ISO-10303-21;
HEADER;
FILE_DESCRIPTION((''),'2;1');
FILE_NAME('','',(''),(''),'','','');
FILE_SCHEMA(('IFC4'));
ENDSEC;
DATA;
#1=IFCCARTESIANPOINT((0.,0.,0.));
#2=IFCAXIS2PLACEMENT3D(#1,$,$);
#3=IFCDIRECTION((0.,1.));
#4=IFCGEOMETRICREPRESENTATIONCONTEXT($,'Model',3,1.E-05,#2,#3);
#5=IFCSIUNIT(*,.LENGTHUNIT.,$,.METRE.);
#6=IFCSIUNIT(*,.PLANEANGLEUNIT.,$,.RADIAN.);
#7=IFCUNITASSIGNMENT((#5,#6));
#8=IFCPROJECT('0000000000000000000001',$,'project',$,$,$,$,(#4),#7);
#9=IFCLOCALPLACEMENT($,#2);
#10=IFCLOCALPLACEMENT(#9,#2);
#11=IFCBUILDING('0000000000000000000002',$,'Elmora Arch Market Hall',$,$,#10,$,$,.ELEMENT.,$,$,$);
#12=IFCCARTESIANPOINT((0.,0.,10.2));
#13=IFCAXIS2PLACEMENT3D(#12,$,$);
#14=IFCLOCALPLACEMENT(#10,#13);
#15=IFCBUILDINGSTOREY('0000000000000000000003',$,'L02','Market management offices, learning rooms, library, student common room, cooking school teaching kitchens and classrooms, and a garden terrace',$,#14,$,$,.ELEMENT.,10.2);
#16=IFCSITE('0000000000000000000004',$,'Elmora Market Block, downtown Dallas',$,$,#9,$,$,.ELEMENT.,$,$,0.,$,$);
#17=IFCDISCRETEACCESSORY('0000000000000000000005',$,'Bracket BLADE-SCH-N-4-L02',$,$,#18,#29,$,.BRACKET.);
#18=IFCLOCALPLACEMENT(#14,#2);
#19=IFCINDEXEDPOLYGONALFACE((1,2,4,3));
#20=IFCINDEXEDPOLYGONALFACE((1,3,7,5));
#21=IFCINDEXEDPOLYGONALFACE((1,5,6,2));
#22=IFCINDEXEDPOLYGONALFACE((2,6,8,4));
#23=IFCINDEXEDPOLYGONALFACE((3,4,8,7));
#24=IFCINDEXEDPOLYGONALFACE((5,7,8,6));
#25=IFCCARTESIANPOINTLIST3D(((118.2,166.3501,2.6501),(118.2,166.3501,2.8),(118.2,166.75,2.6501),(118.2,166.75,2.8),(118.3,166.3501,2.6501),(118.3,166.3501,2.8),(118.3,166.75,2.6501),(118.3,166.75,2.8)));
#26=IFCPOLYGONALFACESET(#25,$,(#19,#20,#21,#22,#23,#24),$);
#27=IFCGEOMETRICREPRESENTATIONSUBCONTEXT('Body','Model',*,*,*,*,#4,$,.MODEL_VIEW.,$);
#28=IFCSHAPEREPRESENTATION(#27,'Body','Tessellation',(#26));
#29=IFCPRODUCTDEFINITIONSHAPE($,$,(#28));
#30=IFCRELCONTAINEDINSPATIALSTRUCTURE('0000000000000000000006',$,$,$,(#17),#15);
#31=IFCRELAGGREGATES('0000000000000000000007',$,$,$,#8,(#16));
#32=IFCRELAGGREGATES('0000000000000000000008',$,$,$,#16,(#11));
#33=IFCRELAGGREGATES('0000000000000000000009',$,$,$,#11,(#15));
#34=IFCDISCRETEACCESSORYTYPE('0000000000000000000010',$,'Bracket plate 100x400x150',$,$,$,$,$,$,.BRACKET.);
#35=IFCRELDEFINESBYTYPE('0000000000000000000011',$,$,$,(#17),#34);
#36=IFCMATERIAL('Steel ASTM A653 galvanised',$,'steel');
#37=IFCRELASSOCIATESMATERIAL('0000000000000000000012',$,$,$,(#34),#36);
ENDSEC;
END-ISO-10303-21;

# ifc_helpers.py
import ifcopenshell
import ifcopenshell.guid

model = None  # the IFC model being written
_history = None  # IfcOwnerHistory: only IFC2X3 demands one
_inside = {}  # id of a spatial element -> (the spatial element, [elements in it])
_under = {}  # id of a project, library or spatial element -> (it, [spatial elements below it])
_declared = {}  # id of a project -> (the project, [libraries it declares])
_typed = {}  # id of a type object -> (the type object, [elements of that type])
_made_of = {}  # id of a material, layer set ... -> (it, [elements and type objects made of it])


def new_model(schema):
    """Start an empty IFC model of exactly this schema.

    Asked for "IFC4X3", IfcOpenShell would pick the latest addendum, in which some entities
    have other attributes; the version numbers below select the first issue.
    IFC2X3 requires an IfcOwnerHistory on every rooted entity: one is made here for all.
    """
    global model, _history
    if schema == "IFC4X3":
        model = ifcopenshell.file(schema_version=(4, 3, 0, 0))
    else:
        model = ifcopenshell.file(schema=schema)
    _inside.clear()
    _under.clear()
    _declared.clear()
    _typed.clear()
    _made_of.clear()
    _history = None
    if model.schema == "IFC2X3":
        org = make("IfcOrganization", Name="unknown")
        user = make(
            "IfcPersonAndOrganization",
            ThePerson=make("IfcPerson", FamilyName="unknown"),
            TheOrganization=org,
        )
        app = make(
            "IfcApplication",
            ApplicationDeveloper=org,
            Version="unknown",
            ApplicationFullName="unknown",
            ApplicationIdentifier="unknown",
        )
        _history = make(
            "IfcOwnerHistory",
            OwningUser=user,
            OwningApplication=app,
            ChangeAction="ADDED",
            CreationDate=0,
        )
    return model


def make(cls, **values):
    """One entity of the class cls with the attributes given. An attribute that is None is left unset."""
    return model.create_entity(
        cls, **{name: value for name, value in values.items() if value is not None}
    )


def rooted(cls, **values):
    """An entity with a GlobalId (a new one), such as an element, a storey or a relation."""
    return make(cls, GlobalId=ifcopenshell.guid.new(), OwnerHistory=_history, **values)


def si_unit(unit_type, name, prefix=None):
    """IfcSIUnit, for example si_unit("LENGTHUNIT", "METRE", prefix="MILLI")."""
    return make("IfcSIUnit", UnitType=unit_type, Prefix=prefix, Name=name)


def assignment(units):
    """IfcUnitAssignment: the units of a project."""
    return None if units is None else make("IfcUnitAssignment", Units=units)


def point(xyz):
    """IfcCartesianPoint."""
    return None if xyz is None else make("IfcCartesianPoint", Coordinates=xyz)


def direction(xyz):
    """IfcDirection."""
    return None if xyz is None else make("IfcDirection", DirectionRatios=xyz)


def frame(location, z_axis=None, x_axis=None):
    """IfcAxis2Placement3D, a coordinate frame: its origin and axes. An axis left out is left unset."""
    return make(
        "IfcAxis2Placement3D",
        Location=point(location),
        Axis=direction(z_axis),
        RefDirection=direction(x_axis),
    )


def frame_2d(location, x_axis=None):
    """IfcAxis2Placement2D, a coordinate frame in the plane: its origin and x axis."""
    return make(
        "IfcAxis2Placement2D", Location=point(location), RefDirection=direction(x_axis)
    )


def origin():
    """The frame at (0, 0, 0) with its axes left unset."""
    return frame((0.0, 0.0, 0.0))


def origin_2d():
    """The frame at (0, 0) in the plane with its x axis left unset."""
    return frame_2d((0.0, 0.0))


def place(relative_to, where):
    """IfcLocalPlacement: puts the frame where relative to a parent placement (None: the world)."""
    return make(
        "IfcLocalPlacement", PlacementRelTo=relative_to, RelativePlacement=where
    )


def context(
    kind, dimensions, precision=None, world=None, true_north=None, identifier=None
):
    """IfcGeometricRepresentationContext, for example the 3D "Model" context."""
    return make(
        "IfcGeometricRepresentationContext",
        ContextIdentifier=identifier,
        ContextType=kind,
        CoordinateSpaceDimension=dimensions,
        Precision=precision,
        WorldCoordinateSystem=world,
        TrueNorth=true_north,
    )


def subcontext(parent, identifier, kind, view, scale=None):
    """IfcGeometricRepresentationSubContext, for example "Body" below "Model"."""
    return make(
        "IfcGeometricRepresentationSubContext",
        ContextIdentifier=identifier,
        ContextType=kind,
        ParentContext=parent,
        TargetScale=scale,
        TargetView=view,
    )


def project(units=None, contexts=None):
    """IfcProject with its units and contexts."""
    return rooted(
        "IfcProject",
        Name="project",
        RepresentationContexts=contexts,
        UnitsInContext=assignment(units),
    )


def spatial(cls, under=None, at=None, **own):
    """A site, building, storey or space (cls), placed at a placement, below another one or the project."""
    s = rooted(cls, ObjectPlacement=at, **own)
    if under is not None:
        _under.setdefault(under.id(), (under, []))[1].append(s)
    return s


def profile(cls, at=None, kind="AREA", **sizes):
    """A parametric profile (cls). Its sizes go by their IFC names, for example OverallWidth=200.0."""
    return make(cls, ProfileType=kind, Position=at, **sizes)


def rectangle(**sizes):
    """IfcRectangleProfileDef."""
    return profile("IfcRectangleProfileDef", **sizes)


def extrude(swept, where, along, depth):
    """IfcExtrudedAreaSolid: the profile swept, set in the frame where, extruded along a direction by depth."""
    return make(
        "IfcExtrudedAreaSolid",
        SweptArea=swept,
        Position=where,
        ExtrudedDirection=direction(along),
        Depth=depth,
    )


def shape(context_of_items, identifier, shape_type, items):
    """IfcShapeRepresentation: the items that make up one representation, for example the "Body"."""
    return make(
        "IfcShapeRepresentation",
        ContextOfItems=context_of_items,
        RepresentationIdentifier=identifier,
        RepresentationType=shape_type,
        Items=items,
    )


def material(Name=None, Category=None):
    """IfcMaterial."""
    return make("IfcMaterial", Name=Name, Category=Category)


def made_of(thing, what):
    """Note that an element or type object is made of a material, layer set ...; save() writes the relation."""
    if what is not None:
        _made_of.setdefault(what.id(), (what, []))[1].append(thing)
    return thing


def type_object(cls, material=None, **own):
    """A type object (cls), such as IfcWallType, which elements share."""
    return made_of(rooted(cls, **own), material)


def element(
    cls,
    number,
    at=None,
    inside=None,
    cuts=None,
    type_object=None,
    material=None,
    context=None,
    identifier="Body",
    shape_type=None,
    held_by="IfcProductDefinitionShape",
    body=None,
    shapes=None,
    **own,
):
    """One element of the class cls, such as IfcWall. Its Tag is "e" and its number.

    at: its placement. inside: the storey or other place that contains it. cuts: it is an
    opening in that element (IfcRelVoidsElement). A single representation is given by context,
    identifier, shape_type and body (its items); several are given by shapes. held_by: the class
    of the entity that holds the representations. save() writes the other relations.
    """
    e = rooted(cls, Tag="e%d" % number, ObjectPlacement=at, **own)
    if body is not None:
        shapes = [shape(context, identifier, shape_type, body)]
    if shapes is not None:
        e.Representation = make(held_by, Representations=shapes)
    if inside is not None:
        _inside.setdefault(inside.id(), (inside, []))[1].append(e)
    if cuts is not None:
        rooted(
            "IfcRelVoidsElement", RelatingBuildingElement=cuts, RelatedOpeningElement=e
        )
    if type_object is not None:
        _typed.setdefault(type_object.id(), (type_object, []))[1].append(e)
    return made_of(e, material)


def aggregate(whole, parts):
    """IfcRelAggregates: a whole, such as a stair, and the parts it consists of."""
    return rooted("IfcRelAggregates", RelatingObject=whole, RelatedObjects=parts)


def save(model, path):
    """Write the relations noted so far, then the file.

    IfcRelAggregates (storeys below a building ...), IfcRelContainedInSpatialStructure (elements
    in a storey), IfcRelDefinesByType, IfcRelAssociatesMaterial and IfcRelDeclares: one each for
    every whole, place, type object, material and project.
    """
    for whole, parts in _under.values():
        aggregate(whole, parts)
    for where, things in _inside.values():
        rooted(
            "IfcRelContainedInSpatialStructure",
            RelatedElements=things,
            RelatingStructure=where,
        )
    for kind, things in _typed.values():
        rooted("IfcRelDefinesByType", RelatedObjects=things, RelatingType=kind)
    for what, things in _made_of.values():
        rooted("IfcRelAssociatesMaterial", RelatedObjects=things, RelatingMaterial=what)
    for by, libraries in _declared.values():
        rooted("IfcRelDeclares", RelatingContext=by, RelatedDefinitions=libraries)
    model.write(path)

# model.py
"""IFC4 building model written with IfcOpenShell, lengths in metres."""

from ifc_helpers import new_model, si_unit, direction, frame, origin, origin_2d, place, context, subcontext, project, spatial, rectangle, extrude, material, type_object, element, save


model = new_model("IFC4")

# Units and contexts
model_context = context("Model", 3, precision=1e-05, world=origin(), true_north=direction((0.0, 1.0)))
body_context = subcontext(model_context, "Body", "Model", "MODEL_VIEW")
ifc_project = project(units=[si_unit("LENGTHUNIT", "METRE"), si_unit("PLANEANGLEUNIT", "RADIAN")], contexts=[model_context])

# Site, building, storey
site_placement = place(None, origin())
site = spatial("IfcSite", under=ifc_project, at=site_placement, Name="Elmora Market Block, downtown Dallas", CompositionType="ELEMENT", RefElevation=0.0)
building_placement = place(site_placement, origin())
building = spatial("IfcBuilding", under=site, at=building_placement, Name="Elmora Arch Market Hall", CompositionType="ELEMENT")
storey_placement = place(building_placement, frame((0.0, 0.0, 10.2)))
storey = spatial("IfcBuildingStorey", under=building, at=storey_placement, Name="L02", Description="Market management offices, learning rooms, library, student common room, cooking school teaching kitchens and classrooms, and a garden terrace", CompositionType="ELEMENT", Elevation=10.2)

# Discrete accessory
ifc_material_1 = material(Name="Steel ASTM A653 galvanised", Category="steel")
discrete_accessory_type = type_object("IfcDiscreteAccessoryType", Name="Bracket plate 100x400x150", PredefinedType="BRACKET", material=ifc_material_1)
discrete_accessory_placement = place(storey_placement, frame((118.25, 166.55, 2.6501), z_axis=(0.0, 0.0, 1.0), x_axis=(1.0, 0.0, 0.0)))
element("IfcDiscreteAccessory", 1, at=discrete_accessory_placement, inside=storey, type_object=discrete_accessory_type, Name="Bracket BLADE-SCH-N-4-L02", PredefinedType="BRACKET", context=body_context, shape_type="SweptSolid", body=[
    extrude(rectangle(XDim=0.1001, YDim=0.3999, at=origin_2d()), origin(), (0.0, 0.0, 1.0), 0.1499),
])

save(model, "model.ifc")
